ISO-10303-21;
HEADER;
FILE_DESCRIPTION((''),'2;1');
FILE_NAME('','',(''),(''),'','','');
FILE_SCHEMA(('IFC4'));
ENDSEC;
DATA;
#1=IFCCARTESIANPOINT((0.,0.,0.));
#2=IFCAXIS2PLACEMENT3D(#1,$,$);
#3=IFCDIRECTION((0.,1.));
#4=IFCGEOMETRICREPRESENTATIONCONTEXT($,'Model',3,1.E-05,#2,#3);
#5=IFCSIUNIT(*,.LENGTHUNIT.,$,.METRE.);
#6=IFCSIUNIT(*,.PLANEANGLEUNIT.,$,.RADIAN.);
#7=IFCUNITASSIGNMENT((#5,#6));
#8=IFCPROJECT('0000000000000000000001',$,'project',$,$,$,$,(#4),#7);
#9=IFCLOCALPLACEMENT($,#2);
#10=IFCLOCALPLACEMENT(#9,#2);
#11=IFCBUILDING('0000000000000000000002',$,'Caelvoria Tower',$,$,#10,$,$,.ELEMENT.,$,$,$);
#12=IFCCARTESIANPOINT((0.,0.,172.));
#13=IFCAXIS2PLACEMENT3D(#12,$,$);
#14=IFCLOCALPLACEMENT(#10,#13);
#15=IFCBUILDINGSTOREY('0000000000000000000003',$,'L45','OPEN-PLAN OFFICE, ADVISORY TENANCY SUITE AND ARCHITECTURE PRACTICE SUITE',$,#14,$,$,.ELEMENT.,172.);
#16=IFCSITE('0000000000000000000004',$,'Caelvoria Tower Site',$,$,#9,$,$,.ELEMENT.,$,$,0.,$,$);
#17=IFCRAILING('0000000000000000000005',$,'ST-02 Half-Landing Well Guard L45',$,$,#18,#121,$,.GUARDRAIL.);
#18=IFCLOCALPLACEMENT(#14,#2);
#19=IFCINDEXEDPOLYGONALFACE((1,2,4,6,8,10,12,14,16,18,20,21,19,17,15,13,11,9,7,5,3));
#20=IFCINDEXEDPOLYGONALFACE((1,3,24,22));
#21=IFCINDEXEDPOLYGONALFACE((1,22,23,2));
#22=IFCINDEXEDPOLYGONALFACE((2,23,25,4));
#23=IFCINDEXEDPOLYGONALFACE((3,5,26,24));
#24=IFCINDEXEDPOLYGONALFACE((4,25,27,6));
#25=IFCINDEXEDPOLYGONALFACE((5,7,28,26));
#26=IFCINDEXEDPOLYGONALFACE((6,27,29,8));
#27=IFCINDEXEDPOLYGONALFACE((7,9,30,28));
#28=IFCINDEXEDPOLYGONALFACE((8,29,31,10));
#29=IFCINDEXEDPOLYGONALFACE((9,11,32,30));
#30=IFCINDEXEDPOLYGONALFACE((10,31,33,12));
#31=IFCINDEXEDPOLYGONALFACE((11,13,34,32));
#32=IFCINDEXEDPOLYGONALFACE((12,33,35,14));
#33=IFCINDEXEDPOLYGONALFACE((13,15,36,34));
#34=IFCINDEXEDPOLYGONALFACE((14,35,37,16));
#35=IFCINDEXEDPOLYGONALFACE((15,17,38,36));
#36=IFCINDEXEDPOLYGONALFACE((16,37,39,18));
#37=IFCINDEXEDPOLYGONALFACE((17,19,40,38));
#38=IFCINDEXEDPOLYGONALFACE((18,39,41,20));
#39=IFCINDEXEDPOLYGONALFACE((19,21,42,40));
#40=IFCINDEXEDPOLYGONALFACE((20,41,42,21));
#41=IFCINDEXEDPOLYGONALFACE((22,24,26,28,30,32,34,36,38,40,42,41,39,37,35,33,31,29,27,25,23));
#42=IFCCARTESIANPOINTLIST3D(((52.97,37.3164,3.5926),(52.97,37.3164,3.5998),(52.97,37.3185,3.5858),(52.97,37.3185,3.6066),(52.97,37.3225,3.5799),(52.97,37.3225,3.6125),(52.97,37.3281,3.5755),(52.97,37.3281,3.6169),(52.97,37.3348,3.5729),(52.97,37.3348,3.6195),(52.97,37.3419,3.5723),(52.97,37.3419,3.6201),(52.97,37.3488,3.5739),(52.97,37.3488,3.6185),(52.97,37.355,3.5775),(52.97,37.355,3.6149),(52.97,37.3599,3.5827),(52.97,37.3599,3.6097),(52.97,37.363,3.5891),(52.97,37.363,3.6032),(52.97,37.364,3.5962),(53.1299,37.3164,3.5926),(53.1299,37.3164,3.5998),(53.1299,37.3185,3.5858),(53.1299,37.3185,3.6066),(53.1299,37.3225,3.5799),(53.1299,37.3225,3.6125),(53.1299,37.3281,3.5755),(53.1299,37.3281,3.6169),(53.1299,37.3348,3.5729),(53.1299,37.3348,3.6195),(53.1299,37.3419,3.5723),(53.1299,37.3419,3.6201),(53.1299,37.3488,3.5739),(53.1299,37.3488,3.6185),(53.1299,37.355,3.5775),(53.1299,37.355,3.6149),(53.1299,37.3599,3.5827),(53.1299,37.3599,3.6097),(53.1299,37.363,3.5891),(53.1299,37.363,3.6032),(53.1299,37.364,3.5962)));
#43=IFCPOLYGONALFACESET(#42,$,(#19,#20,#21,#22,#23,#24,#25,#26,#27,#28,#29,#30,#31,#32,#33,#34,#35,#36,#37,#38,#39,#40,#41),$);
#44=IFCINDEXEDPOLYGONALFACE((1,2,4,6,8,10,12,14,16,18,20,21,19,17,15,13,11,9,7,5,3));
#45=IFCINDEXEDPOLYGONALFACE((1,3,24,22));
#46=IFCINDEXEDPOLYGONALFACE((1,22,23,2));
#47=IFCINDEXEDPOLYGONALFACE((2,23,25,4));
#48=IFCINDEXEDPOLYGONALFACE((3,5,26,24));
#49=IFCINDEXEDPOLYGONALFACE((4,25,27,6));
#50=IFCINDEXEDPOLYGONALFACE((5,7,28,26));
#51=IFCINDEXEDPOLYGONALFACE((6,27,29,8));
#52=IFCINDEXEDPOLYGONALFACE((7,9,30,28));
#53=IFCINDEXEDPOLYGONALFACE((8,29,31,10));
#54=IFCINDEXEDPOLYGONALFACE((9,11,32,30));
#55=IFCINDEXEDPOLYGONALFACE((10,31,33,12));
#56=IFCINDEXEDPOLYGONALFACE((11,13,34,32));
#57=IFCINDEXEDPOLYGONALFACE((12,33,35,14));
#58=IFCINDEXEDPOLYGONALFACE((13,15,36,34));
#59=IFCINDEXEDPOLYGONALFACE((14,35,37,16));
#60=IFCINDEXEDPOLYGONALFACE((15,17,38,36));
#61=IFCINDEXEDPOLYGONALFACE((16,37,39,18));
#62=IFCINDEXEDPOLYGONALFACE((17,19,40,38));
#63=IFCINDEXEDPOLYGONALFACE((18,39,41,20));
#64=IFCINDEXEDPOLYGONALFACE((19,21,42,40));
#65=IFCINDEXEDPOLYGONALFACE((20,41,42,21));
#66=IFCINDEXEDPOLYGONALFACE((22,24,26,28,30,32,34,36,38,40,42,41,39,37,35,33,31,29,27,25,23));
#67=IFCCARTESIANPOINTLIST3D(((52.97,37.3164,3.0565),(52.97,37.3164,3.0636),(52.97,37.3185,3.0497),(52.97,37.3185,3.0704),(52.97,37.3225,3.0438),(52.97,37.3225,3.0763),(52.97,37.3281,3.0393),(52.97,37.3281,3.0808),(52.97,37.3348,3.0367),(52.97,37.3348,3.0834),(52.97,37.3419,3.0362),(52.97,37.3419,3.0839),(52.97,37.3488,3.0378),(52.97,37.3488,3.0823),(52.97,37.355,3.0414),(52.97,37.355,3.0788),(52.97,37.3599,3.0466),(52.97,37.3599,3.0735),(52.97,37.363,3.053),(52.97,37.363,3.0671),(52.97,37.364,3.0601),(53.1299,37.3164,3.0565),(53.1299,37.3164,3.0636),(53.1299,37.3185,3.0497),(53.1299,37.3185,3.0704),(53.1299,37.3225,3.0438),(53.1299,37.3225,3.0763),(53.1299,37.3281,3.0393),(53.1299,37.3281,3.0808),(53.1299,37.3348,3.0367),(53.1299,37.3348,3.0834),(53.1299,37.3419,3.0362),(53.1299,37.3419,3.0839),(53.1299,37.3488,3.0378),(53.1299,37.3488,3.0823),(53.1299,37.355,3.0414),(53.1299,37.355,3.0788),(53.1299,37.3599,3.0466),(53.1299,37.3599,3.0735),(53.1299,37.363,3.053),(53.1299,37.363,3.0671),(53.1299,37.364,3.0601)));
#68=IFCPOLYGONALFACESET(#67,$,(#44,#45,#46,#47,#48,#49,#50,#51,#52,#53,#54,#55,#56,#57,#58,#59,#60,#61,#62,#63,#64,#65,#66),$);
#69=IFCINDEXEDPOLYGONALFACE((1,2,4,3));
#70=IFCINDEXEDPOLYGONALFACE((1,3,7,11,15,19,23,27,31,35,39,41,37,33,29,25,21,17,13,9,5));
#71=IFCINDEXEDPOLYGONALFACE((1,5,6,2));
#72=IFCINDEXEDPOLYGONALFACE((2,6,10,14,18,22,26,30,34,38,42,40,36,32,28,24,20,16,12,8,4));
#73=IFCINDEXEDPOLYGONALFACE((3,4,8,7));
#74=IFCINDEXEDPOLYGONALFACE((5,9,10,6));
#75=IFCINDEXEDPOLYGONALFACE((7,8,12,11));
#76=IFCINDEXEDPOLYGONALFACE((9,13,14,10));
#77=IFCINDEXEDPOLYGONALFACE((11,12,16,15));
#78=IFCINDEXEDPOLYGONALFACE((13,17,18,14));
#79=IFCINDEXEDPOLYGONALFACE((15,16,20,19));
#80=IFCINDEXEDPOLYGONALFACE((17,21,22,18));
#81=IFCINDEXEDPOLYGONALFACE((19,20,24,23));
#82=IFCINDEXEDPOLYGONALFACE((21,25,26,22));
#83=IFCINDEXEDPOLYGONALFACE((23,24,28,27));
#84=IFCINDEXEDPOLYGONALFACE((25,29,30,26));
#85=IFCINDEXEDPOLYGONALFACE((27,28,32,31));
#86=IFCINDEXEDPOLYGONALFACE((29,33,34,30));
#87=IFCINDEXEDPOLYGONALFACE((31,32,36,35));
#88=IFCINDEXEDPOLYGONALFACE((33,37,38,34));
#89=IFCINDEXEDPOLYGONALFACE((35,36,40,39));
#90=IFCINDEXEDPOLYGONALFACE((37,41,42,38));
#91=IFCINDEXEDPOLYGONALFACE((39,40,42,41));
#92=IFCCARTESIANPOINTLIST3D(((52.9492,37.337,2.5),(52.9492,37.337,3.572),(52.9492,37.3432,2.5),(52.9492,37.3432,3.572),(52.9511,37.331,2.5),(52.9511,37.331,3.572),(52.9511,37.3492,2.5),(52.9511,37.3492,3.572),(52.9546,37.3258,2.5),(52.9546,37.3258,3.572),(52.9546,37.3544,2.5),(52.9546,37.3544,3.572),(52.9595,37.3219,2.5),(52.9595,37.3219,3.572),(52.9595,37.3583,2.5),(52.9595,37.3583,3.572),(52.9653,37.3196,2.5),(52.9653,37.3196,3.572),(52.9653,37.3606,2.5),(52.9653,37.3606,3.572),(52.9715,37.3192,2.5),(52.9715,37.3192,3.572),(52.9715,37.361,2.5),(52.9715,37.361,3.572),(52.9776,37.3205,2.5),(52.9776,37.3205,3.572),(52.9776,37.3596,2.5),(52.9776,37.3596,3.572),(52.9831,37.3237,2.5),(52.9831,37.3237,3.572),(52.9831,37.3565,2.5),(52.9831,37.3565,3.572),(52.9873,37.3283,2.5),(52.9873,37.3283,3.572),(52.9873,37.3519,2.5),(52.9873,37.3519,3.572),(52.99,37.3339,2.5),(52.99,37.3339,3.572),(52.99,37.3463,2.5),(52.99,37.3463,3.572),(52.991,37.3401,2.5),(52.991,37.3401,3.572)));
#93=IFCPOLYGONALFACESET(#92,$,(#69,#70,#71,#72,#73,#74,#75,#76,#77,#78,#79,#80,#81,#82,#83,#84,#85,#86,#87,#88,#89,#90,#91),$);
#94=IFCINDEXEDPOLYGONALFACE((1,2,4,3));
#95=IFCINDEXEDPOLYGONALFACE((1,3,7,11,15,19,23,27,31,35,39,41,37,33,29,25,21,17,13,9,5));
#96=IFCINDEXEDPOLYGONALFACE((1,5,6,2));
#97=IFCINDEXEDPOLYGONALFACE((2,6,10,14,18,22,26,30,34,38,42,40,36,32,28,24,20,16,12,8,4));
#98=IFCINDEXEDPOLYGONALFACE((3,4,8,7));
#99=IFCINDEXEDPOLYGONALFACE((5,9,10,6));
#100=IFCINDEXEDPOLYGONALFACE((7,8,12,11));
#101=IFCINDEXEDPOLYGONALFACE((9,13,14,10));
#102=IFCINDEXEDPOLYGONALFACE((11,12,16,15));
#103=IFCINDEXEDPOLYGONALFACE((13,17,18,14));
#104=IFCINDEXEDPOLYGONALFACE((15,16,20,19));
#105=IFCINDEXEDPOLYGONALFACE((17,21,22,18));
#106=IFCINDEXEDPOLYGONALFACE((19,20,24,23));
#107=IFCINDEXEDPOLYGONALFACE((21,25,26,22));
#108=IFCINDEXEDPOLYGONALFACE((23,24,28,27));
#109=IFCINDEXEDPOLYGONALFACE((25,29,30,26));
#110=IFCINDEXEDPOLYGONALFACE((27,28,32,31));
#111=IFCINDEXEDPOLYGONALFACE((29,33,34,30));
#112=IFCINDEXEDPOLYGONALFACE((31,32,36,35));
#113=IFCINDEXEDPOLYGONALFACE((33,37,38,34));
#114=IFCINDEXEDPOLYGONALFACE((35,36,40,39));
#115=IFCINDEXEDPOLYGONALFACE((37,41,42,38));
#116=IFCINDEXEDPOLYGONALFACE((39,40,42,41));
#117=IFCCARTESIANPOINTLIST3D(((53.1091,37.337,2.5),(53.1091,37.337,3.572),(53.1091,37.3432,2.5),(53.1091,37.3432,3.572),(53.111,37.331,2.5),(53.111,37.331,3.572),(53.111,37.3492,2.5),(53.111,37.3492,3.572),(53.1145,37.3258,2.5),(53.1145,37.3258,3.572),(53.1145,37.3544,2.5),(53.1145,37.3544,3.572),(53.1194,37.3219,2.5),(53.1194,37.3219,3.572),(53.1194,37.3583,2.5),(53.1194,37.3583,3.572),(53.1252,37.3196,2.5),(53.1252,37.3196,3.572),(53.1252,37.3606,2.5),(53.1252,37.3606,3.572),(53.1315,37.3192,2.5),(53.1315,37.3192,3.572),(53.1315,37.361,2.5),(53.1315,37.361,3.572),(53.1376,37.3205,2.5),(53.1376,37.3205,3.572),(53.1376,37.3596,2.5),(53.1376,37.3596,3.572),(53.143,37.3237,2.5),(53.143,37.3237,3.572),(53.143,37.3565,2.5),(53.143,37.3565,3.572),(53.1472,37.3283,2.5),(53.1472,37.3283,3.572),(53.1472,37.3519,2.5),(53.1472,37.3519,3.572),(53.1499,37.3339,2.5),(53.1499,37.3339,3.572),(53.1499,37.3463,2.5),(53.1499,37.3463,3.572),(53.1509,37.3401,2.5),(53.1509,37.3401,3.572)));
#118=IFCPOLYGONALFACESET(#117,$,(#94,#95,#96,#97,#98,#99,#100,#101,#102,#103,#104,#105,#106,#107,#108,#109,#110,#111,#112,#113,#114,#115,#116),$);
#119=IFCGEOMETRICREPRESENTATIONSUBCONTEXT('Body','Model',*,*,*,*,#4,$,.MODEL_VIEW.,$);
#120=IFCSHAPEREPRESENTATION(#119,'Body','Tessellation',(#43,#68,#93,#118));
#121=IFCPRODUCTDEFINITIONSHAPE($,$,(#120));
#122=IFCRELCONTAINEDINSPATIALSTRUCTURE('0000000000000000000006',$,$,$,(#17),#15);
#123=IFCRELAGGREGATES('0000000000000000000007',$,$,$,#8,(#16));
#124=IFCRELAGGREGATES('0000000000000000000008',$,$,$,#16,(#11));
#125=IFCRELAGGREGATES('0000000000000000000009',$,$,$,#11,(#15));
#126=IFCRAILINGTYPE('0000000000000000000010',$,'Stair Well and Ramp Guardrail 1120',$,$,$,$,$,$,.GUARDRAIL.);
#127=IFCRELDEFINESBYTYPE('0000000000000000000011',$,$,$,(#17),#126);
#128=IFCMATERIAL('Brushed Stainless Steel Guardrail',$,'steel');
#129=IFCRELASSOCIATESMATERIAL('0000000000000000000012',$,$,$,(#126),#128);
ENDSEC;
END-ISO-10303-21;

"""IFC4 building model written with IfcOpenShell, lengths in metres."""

from ifc_helpers import new_model, si_unit, direction, frame, origin, origin_2d, place, context, subcontext, project, spatial, circle, extrude, material, type_object, element, save


model = new_model("IFC4")

# Units and contexts
model_context = context("Model", 3, precision=1e-05, world=origin(), true_north=direction((0.0, 1.0)))
body_context = subcontext(model_context, "Body", "Model", "MODEL_VIEW")
ifc_project = project(units=[si_unit("LENGTHUNIT", "METRE"), si_unit("PLANEANGLEUNIT", "RADIAN")], contexts=[model_context])

# Site, building, storey
site_placement = place(None, origin())
site = spatial("IfcSite", under=ifc_project, at=site_placement, Name="Caelvoria Tower Site", CompositionType="ELEMENT", RefElevation=0.0)
building_placement = place(site_placement, origin())
building = spatial("IfcBuilding", under=site, at=building_placement, Name="Caelvoria Tower", CompositionType="ELEMENT")
storey_placement = place(building_placement, frame((0.0, 0.0, 172.0)))
storey = spatial("IfcBuildingStorey", under=building, at=storey_placement, Name="L45", Description="OPEN-PLAN OFFICE, ADVISORY TENANCY SUITE AND ARCHITECTURE PRACTICE SUITE", CompositionType="ELEMENT", Elevation=172.0)

# Railing
ifc_material_1 = material(Name="Brushed Stainless Steel Guardrail", Category="steel")
railing_type_1 = type_object("IfcRailingType", Name="Stair Well and Ramp Guardrail 1120", PredefinedType="GUARDRAIL", material=ifc_material_1)
railing_1_placement = place(storey_placement, frame((52.97, 37.3401, 2.5)))
element("IfcRailing", 1, at=railing_1_placement, inside=storey, type_object=railing_type_1, Name="ST-02 Half-Landing Well Guard L45", PredefinedType="GUARDRAIL", context=body_context, shape_type="SweptSolid", body=[
    extrude(circle(Radius=0.0239, at=origin_2d()), frame((0.0, 0.0, 1.0962), z_axis=(1.0, 0.0, 0.0), x_axis=(0.0, 1.0, 0.0)), (0.0, 0.0, 1.0), 0.1599),
    extrude(circle(Radius=0.0239, at=origin_2d()), frame((0.0, 0.0, 0.5601), z_axis=(1.0, 0.0, 0.0), x_axis=(0.0, 1.0, 0.0)), (0.0, 0.0, 1.0), 0.1599),
    extrude(circle(Radius=0.021, at=origin_2d()), origin(), (0.0, 0.0, 1.0), 1.072),
    extrude(circle(Radius=0.021, at=origin_2d()), frame((0.1599, 0.0, 0.0)), (0.0, 0.0, 1.0), 1.072),
])

save(model, "model.ifc")
